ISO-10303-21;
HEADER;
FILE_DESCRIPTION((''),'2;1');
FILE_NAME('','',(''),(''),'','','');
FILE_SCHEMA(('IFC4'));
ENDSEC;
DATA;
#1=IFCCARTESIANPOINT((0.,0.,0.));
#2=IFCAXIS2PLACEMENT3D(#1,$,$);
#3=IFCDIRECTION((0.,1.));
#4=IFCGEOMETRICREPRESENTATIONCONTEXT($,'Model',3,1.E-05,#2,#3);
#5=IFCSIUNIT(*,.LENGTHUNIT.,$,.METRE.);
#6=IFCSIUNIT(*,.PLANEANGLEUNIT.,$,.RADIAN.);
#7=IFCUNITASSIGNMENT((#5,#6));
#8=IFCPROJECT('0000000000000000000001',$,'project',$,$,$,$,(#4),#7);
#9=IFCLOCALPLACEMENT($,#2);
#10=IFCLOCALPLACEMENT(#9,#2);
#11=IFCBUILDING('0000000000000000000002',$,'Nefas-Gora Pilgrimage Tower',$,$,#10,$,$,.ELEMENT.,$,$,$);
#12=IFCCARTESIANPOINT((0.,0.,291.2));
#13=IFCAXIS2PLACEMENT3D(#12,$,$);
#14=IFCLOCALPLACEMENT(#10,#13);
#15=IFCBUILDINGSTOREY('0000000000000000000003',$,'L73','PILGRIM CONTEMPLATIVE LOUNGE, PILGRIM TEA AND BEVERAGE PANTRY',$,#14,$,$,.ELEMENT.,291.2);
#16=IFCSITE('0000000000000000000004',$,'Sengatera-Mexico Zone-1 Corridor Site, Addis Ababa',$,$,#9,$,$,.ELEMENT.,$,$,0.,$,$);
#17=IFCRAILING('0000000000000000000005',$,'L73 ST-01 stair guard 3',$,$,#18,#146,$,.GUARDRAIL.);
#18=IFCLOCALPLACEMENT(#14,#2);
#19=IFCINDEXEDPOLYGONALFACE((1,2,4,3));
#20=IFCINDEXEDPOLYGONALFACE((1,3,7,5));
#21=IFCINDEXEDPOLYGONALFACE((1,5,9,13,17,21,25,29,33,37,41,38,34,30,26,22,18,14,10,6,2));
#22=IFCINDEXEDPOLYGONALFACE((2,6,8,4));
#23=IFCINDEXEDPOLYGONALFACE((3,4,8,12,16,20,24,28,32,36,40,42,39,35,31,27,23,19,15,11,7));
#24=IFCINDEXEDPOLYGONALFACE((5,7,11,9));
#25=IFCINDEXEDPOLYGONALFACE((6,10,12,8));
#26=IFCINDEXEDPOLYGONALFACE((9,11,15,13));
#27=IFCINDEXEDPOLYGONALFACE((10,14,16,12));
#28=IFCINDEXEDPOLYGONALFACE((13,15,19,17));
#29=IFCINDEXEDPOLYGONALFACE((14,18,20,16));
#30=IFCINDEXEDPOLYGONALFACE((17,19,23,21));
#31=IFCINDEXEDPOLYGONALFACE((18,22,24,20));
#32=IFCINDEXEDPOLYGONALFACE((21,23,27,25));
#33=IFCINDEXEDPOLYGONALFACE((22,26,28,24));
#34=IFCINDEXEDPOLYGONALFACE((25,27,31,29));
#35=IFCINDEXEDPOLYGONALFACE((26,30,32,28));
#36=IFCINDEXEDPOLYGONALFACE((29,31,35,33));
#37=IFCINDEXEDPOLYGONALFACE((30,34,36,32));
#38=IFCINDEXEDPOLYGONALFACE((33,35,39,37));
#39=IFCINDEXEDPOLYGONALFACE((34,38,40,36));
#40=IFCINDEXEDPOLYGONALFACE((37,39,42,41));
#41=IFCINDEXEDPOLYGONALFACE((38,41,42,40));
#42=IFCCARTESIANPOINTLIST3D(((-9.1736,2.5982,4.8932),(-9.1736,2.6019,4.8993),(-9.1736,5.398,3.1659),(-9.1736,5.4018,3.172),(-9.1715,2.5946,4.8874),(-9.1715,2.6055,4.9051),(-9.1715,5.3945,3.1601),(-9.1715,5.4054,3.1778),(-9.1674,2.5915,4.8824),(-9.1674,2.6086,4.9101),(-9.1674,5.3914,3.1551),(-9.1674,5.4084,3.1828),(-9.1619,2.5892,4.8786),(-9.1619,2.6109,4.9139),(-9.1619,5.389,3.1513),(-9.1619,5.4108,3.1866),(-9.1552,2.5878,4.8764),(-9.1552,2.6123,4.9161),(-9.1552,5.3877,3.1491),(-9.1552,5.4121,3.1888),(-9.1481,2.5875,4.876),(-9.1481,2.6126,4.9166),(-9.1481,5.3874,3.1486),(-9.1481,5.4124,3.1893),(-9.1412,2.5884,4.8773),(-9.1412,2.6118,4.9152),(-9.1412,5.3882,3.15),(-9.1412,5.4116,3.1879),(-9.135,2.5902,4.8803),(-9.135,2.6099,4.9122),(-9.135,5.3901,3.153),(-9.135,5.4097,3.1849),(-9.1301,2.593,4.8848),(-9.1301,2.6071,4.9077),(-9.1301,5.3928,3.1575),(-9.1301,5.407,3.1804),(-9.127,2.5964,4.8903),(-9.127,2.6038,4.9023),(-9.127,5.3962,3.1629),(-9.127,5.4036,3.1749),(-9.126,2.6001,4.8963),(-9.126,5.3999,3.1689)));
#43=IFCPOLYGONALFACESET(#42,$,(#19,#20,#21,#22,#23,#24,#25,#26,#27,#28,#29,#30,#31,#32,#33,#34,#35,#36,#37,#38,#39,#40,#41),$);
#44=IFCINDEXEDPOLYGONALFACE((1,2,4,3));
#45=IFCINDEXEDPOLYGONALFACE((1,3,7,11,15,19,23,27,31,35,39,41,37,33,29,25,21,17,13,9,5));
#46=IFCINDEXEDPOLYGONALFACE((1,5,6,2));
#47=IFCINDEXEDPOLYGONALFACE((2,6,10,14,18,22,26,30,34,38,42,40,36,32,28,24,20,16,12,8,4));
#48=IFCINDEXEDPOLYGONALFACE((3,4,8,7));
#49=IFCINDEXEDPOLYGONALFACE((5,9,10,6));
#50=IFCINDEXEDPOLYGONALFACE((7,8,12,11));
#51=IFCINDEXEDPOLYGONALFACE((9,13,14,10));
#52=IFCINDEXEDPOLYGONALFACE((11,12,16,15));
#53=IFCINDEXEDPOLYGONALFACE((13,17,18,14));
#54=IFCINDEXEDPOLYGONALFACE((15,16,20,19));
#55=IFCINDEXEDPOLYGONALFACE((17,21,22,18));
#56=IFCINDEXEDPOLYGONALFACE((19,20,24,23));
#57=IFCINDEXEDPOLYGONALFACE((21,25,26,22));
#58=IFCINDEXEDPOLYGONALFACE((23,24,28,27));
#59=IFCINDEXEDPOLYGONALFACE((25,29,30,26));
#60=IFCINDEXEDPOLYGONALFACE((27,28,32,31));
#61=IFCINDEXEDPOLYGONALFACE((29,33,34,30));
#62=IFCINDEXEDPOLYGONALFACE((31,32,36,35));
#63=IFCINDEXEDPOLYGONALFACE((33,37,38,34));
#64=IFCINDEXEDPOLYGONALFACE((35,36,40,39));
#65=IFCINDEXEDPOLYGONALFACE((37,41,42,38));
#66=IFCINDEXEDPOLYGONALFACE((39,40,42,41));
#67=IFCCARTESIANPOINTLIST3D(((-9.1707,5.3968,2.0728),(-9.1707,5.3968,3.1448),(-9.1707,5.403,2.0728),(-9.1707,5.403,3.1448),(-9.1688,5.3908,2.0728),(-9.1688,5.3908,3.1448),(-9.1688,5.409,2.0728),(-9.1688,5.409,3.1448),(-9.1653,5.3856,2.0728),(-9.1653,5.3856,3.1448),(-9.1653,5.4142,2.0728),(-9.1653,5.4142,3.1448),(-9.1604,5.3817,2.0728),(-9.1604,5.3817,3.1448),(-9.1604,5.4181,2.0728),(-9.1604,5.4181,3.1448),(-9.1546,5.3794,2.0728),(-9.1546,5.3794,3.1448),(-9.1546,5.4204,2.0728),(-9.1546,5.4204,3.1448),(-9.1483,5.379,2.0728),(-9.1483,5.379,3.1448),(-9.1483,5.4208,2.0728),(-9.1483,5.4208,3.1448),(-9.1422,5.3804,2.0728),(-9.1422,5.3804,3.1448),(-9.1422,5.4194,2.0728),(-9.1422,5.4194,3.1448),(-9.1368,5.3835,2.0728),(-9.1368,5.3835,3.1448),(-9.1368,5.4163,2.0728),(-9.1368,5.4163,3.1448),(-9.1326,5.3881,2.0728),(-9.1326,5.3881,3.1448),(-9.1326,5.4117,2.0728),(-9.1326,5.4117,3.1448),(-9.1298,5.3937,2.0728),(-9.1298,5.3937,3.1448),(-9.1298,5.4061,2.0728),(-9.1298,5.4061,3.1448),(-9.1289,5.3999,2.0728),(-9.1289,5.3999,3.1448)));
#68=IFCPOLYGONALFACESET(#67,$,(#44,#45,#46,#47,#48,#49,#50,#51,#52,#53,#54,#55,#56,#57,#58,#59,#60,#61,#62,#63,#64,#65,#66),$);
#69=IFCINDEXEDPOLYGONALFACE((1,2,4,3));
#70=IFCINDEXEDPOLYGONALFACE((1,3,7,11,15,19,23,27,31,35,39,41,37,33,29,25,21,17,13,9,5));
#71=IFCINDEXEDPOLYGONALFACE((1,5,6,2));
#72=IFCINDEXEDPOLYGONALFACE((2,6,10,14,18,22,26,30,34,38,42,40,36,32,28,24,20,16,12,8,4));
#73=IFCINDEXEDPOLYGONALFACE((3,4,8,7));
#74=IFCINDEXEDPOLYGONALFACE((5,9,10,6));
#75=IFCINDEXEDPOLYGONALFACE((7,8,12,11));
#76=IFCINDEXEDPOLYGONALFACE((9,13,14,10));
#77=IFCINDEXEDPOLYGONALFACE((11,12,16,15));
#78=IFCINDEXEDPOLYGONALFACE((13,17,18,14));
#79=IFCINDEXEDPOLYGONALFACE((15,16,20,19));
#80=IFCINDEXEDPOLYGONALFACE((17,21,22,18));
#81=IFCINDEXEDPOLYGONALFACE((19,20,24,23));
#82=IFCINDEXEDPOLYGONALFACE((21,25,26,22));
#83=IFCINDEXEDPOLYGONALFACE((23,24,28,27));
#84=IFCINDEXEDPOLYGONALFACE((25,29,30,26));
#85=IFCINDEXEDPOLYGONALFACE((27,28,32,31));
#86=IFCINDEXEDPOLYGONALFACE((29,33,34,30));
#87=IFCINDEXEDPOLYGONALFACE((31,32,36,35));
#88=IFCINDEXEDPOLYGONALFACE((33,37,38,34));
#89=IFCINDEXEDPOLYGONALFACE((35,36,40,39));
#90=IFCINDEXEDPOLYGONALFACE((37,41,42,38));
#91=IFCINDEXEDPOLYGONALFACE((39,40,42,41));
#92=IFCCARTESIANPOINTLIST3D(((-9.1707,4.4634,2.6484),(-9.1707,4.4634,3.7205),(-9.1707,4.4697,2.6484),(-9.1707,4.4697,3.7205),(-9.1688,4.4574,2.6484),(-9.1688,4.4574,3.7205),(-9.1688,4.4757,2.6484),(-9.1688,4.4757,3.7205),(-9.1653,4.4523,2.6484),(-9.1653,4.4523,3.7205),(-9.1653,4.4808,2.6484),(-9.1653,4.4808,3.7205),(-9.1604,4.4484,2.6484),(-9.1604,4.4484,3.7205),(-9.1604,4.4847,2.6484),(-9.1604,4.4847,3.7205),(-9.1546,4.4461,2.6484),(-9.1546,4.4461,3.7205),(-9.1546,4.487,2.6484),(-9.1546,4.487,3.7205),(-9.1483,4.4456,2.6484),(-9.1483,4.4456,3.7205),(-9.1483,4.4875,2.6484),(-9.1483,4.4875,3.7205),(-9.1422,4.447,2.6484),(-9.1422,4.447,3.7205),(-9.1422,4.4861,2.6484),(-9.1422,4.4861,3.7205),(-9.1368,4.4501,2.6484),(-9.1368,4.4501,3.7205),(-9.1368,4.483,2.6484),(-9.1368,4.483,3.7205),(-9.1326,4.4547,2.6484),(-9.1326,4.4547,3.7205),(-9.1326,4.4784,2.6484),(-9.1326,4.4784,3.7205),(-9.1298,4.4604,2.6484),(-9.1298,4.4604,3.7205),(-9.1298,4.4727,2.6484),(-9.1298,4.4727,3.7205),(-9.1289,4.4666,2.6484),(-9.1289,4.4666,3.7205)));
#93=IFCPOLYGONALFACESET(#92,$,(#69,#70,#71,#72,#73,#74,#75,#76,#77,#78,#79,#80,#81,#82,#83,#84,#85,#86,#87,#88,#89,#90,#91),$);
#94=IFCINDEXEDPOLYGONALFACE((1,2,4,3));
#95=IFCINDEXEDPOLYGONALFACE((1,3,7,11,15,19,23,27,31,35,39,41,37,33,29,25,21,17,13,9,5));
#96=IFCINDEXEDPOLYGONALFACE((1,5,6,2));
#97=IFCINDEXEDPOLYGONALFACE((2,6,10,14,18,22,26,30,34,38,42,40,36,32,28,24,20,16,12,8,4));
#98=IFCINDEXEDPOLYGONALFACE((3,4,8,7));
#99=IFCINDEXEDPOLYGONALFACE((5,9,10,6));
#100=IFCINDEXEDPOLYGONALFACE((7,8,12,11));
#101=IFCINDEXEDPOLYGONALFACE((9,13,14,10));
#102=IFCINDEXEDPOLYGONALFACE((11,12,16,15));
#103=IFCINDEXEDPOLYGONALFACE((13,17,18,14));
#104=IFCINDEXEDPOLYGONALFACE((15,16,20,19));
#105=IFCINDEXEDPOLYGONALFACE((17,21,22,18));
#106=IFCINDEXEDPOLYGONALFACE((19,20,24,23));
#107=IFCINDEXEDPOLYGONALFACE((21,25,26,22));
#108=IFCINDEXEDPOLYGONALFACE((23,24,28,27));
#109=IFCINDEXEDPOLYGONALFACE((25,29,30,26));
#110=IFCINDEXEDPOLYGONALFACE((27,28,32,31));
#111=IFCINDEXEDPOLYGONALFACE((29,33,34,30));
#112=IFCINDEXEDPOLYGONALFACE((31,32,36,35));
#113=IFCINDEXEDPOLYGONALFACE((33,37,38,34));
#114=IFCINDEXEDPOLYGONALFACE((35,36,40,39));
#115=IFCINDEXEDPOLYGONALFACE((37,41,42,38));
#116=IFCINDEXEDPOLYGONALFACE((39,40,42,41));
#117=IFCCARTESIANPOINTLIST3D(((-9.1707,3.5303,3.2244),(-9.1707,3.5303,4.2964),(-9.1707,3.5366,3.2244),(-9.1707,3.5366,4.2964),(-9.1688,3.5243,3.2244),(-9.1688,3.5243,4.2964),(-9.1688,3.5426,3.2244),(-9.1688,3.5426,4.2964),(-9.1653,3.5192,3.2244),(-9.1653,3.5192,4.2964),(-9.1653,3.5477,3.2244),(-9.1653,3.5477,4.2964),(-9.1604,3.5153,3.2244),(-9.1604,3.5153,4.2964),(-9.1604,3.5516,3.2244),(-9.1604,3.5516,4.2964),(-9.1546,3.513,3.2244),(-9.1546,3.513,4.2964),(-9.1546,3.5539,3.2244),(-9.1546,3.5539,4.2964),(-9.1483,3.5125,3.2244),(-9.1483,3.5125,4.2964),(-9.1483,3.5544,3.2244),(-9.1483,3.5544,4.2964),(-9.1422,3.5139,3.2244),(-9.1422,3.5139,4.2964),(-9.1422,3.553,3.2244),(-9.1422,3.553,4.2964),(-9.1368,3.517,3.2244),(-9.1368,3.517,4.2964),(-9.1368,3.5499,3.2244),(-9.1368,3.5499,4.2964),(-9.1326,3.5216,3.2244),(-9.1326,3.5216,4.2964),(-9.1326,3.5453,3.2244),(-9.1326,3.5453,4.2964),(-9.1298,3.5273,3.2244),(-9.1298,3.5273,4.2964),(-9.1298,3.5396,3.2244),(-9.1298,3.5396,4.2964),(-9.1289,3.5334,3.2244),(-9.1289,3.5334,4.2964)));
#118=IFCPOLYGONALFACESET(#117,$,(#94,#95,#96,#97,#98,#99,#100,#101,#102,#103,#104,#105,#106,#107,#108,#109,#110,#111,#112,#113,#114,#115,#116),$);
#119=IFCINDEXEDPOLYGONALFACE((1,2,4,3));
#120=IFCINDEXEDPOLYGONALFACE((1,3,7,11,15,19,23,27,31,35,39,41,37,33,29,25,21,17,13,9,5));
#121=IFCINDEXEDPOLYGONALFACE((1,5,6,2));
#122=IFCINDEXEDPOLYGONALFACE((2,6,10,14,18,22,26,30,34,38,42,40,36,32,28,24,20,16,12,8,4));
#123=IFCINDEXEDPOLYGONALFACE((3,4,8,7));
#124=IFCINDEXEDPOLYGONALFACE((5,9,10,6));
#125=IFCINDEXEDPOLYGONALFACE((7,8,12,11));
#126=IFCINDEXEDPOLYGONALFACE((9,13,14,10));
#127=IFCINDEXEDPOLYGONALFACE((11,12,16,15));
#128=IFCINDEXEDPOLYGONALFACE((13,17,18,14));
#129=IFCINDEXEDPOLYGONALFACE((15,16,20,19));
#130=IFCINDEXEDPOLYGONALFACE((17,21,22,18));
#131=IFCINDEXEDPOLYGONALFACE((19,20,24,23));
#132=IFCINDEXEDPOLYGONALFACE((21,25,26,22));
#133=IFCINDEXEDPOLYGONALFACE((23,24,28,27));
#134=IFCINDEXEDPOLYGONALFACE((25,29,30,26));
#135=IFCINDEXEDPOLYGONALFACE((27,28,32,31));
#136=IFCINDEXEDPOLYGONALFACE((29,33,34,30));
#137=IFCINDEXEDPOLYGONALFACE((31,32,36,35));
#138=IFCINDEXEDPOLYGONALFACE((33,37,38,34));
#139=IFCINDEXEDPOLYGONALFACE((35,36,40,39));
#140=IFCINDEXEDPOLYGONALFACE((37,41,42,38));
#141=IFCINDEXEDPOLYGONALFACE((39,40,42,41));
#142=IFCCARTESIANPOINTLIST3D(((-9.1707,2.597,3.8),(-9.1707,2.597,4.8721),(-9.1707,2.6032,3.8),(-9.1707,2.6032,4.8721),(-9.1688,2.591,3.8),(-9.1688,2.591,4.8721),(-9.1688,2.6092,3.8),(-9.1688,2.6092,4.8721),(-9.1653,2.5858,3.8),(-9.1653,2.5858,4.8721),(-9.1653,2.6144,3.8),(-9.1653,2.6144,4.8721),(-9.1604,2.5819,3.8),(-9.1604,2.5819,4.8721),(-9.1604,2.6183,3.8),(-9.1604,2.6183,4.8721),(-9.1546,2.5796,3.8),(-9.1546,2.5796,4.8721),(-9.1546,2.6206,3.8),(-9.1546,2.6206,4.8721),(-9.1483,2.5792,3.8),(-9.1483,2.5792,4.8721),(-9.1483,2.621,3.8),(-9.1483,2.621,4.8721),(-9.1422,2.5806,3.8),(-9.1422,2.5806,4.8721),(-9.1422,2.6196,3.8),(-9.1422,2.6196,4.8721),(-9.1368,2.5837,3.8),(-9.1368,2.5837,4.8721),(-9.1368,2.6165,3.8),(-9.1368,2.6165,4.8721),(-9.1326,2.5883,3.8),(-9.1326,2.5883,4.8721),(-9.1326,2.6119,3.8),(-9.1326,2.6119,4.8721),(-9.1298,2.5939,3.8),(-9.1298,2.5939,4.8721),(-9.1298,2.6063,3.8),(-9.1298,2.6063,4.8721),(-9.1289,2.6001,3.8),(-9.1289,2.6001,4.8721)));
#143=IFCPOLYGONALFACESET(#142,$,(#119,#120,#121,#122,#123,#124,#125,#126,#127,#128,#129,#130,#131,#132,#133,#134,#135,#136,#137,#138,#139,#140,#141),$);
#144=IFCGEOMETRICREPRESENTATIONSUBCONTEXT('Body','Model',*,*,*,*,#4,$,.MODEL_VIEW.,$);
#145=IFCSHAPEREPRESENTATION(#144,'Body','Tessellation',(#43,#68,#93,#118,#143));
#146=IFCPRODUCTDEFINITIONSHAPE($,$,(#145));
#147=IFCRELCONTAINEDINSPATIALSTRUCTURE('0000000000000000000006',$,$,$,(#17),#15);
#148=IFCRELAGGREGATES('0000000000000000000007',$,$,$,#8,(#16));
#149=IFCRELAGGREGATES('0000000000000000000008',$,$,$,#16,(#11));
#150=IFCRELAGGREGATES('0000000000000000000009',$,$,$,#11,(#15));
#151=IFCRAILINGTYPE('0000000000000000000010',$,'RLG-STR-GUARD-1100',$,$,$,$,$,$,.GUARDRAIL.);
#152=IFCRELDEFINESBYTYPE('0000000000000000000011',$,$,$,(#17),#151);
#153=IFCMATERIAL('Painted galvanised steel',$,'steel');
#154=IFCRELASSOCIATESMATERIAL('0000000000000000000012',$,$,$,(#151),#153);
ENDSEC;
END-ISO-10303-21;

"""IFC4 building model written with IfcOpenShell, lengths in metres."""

from ifc_helpers import new_model, si_unit, direction, frame, origin, origin_2d, place, context, subcontext, project, spatial, circle, extrude, material, type_object, element, save


model = new_model("IFC4")

# Units and contexts
model_context = context("Model", 3, precision=1e-05, world=origin(), true_north=direction((0.0, 1.0)))
body_context = subcontext(model_context, "Body", "Model", "MODEL_VIEW")
ifc_project = project(units=[si_unit("LENGTHUNIT", "METRE"), si_unit("PLANEANGLEUNIT", "RADIAN")], contexts=[model_context])

# Site, building, storey
site_placement = place(None, origin())
site = spatial("IfcSite", under=ifc_project, at=site_placement, Name="Sengatera-Mexico Zone-1 Corridor Site, Addis Ababa", CompositionType="ELEMENT", RefElevation=0.0)
building_placement = place(site_placement, origin())
building = spatial("IfcBuilding", under=site, at=building_placement, Name="Nefas-Gora Pilgrimage Tower", CompositionType="ELEMENT")
storey_placement = place(building_placement, frame((0.0, 0.0, 291.2)))
storey = spatial("IfcBuildingStorey", under=building, at=storey_placement, Name="L73", Description="PILGRIM CONTEMPLATIVE LOUNGE, PILGRIM TEA AND BEVERAGE PANTRY", CompositionType="ELEMENT", Elevation=291.2)

# Railing
ifc_material_1 = material(Name="Painted galvanised steel", Category="steel")
railing_type_1 = type_object("IfcRailingType", Name="RLG-STR-GUARD-1100", PredefinedType="GUARDRAIL", material=ifc_material_1)
railing_1_placement = place(storey_placement, frame((-9.1499, 5.3999, 2.0728)))
element("IfcRailing", 1, at=railing_1_placement, inside=storey, type_object=railing_type_1, Name="L73 ST-01 stair guard 3", PredefinedType="GUARDRAIL", context=body_context, shape_type="SweptSolid", body=[
    extrude(circle(Radius=0.0239, at=origin_2d()), frame((0.0, 0.0, 1.0962), z_axis=(0.0, -0.851069, 0.525054), x_axis=(1.0, 0.0, 0.0)), (0.0, 0.0, 1.0), 3.2898),
    extrude(circle(Radius=0.021, at=origin_2d()), origin(), (0.0, 0.0, 1.0), 1.072),
    extrude(circle(Radius=0.021, at=origin_2d()), frame((0.0, -0.9333, 0.5757)), (0.0, 0.0, 1.0), 1.072),
    extrude(circle(Radius=0.021, at=origin_2d()), frame((0.0, -1.8665, 1.1516)), (0.0, 0.0, 1.0), 1.072),
    extrude(circle(Radius=0.021, at=origin_2d()), frame((0.0, -2.7998, 1.7273)), (0.0, 0.0, 1.0), 1.072),
])

save(model, "model.ifc")
